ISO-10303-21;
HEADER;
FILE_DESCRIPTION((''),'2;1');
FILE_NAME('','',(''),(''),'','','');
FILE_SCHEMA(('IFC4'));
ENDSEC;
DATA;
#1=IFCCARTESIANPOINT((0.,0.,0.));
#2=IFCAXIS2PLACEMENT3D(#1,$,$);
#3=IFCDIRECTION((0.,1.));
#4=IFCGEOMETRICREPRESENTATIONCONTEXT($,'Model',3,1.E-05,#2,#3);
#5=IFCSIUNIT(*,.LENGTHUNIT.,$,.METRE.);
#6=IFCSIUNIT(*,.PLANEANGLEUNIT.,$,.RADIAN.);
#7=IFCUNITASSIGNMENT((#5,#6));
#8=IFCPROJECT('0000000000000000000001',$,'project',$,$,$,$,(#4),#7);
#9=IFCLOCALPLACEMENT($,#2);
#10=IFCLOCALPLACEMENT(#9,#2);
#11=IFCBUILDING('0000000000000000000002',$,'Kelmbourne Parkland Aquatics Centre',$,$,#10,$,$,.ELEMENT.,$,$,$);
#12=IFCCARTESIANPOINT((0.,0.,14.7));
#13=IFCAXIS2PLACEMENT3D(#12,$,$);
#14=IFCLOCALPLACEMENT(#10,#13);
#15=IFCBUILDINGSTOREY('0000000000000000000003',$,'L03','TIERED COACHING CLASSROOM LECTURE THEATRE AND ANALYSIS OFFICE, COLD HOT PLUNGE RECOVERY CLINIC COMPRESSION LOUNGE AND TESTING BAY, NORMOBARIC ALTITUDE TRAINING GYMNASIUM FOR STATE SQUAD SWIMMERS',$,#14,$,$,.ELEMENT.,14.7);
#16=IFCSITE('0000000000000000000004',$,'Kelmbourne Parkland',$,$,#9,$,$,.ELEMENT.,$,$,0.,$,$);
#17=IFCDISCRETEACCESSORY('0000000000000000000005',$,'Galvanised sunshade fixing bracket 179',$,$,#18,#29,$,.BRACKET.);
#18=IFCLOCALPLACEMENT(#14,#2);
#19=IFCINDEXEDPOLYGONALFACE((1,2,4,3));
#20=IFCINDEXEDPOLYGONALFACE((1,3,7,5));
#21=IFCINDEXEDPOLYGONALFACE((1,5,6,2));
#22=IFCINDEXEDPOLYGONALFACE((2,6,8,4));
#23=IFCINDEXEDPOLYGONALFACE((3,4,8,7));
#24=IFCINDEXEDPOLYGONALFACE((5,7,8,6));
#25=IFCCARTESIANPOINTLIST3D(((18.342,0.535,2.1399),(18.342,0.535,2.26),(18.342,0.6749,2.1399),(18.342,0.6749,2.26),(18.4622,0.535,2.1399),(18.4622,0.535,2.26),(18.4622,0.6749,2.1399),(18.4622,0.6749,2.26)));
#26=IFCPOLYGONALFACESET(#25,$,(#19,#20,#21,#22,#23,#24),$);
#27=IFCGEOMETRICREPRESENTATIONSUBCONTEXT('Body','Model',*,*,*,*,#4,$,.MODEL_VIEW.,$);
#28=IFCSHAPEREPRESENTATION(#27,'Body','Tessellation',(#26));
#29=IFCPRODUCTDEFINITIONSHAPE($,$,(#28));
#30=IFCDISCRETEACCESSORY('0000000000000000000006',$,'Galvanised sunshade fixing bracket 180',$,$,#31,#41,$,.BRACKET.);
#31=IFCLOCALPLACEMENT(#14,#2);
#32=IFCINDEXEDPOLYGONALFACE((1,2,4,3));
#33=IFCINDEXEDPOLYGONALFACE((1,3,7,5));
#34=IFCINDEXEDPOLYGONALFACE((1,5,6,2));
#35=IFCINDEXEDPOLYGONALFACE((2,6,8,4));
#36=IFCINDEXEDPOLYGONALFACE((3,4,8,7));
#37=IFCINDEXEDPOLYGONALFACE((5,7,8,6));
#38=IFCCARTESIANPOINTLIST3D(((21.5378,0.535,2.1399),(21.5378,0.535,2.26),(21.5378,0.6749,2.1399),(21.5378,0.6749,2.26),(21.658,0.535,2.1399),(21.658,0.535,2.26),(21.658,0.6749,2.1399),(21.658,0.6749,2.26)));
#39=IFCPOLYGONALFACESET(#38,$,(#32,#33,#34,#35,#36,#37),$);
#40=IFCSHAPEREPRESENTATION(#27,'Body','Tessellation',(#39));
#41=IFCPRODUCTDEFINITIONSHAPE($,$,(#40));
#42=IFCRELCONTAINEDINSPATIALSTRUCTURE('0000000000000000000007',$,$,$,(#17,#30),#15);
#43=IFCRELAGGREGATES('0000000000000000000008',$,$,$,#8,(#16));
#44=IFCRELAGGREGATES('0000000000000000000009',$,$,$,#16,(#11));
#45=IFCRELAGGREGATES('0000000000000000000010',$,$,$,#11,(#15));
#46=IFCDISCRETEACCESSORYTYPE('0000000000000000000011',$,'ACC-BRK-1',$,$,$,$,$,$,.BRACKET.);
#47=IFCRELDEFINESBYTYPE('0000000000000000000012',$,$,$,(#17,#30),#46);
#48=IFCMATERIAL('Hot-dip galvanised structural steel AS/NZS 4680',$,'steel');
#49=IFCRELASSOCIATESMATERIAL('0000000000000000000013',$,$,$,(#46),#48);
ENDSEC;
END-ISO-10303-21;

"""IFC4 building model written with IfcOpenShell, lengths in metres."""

from ifc_helpers import new_model, si_unit, direction, frame, origin, origin_2d, place, context, subcontext, project, spatial, rectangle, extrude, material, type_object, element, save


model = new_model("IFC4")

# Units and contexts
model_context = context("Model", 3, precision=1e-05, world=origin(), true_north=direction((0.0, 1.0)))
body_context = subcontext(model_context, "Body", "Model", "MODEL_VIEW")
ifc_project = project(units=[si_unit("LENGTHUNIT", "METRE"), si_unit("PLANEANGLEUNIT", "RADIAN")], contexts=[model_context])

# Site, building, storey
site_placement = place(None, origin())
site = spatial("IfcSite", under=ifc_project, at=site_placement, Name="Kelmbourne Parkland", CompositionType="ELEMENT", RefElevation=0.0)
building_placement = place(site_placement, origin())
building = spatial("IfcBuilding", under=site, at=building_placement, Name="Kelmbourne Parkland Aquatics Centre", CompositionType="ELEMENT")
storey_placement = place(building_placement, frame((0.0, 0.0, 14.7)))
storey = spatial("IfcBuildingStorey", under=building, at=storey_placement, Name="L03", Description="TIERED COACHING CLASSROOM LECTURE THEATRE AND ANALYSIS OFFICE, COLD HOT PLUNGE RECOVERY CLINIC COMPRESSION LOUNGE AND TESTING BAY, NORMOBARIC ALTITUDE TRAINING GYMNASIUM FOR STATE SQUAD SWIMMERS", CompositionType="ELEMENT", Elevation=14.7)

# Discrete accessories
ifc_material_1 = material(Name="Hot-dip galvanised structural steel AS/NZS 4680", Category="steel")
discrete_accessory_type = type_object("IfcDiscreteAccessoryType", Name="ACC-BRK-1", PredefinedType="BRACKET", material=ifc_material_1)
for number, where, z_axis, x_axis, name in (
    (1, (18.4021, 0.605, 2.1399), (0.0, 0.0, 1.0), (1.0, 0.0, 0.0), "Galvanised sunshade fixing bracket 179"),
    (2, (21.5979, 0.605, 2.1399), (0.0, 0.0, 1.0), (1.0, 0.0, 0.0), "Galvanised sunshade fixing bracket 180"),
):
    element("IfcDiscreteAccessory", number, at=place(storey_placement, frame(where, z_axis=z_axis, x_axis=x_axis)), inside=storey, type_object=discrete_accessory_type, Name=name, PredefinedType="BRACKET", context=body_context, shape_type="SweptSolid", body=[
        extrude(rectangle(XDim=0.1201, YDim=0.1399, at=origin_2d()), origin(), (0.0, 0.0, 1.0), 0.1201),
    ])

save(model, "model.ifc")
